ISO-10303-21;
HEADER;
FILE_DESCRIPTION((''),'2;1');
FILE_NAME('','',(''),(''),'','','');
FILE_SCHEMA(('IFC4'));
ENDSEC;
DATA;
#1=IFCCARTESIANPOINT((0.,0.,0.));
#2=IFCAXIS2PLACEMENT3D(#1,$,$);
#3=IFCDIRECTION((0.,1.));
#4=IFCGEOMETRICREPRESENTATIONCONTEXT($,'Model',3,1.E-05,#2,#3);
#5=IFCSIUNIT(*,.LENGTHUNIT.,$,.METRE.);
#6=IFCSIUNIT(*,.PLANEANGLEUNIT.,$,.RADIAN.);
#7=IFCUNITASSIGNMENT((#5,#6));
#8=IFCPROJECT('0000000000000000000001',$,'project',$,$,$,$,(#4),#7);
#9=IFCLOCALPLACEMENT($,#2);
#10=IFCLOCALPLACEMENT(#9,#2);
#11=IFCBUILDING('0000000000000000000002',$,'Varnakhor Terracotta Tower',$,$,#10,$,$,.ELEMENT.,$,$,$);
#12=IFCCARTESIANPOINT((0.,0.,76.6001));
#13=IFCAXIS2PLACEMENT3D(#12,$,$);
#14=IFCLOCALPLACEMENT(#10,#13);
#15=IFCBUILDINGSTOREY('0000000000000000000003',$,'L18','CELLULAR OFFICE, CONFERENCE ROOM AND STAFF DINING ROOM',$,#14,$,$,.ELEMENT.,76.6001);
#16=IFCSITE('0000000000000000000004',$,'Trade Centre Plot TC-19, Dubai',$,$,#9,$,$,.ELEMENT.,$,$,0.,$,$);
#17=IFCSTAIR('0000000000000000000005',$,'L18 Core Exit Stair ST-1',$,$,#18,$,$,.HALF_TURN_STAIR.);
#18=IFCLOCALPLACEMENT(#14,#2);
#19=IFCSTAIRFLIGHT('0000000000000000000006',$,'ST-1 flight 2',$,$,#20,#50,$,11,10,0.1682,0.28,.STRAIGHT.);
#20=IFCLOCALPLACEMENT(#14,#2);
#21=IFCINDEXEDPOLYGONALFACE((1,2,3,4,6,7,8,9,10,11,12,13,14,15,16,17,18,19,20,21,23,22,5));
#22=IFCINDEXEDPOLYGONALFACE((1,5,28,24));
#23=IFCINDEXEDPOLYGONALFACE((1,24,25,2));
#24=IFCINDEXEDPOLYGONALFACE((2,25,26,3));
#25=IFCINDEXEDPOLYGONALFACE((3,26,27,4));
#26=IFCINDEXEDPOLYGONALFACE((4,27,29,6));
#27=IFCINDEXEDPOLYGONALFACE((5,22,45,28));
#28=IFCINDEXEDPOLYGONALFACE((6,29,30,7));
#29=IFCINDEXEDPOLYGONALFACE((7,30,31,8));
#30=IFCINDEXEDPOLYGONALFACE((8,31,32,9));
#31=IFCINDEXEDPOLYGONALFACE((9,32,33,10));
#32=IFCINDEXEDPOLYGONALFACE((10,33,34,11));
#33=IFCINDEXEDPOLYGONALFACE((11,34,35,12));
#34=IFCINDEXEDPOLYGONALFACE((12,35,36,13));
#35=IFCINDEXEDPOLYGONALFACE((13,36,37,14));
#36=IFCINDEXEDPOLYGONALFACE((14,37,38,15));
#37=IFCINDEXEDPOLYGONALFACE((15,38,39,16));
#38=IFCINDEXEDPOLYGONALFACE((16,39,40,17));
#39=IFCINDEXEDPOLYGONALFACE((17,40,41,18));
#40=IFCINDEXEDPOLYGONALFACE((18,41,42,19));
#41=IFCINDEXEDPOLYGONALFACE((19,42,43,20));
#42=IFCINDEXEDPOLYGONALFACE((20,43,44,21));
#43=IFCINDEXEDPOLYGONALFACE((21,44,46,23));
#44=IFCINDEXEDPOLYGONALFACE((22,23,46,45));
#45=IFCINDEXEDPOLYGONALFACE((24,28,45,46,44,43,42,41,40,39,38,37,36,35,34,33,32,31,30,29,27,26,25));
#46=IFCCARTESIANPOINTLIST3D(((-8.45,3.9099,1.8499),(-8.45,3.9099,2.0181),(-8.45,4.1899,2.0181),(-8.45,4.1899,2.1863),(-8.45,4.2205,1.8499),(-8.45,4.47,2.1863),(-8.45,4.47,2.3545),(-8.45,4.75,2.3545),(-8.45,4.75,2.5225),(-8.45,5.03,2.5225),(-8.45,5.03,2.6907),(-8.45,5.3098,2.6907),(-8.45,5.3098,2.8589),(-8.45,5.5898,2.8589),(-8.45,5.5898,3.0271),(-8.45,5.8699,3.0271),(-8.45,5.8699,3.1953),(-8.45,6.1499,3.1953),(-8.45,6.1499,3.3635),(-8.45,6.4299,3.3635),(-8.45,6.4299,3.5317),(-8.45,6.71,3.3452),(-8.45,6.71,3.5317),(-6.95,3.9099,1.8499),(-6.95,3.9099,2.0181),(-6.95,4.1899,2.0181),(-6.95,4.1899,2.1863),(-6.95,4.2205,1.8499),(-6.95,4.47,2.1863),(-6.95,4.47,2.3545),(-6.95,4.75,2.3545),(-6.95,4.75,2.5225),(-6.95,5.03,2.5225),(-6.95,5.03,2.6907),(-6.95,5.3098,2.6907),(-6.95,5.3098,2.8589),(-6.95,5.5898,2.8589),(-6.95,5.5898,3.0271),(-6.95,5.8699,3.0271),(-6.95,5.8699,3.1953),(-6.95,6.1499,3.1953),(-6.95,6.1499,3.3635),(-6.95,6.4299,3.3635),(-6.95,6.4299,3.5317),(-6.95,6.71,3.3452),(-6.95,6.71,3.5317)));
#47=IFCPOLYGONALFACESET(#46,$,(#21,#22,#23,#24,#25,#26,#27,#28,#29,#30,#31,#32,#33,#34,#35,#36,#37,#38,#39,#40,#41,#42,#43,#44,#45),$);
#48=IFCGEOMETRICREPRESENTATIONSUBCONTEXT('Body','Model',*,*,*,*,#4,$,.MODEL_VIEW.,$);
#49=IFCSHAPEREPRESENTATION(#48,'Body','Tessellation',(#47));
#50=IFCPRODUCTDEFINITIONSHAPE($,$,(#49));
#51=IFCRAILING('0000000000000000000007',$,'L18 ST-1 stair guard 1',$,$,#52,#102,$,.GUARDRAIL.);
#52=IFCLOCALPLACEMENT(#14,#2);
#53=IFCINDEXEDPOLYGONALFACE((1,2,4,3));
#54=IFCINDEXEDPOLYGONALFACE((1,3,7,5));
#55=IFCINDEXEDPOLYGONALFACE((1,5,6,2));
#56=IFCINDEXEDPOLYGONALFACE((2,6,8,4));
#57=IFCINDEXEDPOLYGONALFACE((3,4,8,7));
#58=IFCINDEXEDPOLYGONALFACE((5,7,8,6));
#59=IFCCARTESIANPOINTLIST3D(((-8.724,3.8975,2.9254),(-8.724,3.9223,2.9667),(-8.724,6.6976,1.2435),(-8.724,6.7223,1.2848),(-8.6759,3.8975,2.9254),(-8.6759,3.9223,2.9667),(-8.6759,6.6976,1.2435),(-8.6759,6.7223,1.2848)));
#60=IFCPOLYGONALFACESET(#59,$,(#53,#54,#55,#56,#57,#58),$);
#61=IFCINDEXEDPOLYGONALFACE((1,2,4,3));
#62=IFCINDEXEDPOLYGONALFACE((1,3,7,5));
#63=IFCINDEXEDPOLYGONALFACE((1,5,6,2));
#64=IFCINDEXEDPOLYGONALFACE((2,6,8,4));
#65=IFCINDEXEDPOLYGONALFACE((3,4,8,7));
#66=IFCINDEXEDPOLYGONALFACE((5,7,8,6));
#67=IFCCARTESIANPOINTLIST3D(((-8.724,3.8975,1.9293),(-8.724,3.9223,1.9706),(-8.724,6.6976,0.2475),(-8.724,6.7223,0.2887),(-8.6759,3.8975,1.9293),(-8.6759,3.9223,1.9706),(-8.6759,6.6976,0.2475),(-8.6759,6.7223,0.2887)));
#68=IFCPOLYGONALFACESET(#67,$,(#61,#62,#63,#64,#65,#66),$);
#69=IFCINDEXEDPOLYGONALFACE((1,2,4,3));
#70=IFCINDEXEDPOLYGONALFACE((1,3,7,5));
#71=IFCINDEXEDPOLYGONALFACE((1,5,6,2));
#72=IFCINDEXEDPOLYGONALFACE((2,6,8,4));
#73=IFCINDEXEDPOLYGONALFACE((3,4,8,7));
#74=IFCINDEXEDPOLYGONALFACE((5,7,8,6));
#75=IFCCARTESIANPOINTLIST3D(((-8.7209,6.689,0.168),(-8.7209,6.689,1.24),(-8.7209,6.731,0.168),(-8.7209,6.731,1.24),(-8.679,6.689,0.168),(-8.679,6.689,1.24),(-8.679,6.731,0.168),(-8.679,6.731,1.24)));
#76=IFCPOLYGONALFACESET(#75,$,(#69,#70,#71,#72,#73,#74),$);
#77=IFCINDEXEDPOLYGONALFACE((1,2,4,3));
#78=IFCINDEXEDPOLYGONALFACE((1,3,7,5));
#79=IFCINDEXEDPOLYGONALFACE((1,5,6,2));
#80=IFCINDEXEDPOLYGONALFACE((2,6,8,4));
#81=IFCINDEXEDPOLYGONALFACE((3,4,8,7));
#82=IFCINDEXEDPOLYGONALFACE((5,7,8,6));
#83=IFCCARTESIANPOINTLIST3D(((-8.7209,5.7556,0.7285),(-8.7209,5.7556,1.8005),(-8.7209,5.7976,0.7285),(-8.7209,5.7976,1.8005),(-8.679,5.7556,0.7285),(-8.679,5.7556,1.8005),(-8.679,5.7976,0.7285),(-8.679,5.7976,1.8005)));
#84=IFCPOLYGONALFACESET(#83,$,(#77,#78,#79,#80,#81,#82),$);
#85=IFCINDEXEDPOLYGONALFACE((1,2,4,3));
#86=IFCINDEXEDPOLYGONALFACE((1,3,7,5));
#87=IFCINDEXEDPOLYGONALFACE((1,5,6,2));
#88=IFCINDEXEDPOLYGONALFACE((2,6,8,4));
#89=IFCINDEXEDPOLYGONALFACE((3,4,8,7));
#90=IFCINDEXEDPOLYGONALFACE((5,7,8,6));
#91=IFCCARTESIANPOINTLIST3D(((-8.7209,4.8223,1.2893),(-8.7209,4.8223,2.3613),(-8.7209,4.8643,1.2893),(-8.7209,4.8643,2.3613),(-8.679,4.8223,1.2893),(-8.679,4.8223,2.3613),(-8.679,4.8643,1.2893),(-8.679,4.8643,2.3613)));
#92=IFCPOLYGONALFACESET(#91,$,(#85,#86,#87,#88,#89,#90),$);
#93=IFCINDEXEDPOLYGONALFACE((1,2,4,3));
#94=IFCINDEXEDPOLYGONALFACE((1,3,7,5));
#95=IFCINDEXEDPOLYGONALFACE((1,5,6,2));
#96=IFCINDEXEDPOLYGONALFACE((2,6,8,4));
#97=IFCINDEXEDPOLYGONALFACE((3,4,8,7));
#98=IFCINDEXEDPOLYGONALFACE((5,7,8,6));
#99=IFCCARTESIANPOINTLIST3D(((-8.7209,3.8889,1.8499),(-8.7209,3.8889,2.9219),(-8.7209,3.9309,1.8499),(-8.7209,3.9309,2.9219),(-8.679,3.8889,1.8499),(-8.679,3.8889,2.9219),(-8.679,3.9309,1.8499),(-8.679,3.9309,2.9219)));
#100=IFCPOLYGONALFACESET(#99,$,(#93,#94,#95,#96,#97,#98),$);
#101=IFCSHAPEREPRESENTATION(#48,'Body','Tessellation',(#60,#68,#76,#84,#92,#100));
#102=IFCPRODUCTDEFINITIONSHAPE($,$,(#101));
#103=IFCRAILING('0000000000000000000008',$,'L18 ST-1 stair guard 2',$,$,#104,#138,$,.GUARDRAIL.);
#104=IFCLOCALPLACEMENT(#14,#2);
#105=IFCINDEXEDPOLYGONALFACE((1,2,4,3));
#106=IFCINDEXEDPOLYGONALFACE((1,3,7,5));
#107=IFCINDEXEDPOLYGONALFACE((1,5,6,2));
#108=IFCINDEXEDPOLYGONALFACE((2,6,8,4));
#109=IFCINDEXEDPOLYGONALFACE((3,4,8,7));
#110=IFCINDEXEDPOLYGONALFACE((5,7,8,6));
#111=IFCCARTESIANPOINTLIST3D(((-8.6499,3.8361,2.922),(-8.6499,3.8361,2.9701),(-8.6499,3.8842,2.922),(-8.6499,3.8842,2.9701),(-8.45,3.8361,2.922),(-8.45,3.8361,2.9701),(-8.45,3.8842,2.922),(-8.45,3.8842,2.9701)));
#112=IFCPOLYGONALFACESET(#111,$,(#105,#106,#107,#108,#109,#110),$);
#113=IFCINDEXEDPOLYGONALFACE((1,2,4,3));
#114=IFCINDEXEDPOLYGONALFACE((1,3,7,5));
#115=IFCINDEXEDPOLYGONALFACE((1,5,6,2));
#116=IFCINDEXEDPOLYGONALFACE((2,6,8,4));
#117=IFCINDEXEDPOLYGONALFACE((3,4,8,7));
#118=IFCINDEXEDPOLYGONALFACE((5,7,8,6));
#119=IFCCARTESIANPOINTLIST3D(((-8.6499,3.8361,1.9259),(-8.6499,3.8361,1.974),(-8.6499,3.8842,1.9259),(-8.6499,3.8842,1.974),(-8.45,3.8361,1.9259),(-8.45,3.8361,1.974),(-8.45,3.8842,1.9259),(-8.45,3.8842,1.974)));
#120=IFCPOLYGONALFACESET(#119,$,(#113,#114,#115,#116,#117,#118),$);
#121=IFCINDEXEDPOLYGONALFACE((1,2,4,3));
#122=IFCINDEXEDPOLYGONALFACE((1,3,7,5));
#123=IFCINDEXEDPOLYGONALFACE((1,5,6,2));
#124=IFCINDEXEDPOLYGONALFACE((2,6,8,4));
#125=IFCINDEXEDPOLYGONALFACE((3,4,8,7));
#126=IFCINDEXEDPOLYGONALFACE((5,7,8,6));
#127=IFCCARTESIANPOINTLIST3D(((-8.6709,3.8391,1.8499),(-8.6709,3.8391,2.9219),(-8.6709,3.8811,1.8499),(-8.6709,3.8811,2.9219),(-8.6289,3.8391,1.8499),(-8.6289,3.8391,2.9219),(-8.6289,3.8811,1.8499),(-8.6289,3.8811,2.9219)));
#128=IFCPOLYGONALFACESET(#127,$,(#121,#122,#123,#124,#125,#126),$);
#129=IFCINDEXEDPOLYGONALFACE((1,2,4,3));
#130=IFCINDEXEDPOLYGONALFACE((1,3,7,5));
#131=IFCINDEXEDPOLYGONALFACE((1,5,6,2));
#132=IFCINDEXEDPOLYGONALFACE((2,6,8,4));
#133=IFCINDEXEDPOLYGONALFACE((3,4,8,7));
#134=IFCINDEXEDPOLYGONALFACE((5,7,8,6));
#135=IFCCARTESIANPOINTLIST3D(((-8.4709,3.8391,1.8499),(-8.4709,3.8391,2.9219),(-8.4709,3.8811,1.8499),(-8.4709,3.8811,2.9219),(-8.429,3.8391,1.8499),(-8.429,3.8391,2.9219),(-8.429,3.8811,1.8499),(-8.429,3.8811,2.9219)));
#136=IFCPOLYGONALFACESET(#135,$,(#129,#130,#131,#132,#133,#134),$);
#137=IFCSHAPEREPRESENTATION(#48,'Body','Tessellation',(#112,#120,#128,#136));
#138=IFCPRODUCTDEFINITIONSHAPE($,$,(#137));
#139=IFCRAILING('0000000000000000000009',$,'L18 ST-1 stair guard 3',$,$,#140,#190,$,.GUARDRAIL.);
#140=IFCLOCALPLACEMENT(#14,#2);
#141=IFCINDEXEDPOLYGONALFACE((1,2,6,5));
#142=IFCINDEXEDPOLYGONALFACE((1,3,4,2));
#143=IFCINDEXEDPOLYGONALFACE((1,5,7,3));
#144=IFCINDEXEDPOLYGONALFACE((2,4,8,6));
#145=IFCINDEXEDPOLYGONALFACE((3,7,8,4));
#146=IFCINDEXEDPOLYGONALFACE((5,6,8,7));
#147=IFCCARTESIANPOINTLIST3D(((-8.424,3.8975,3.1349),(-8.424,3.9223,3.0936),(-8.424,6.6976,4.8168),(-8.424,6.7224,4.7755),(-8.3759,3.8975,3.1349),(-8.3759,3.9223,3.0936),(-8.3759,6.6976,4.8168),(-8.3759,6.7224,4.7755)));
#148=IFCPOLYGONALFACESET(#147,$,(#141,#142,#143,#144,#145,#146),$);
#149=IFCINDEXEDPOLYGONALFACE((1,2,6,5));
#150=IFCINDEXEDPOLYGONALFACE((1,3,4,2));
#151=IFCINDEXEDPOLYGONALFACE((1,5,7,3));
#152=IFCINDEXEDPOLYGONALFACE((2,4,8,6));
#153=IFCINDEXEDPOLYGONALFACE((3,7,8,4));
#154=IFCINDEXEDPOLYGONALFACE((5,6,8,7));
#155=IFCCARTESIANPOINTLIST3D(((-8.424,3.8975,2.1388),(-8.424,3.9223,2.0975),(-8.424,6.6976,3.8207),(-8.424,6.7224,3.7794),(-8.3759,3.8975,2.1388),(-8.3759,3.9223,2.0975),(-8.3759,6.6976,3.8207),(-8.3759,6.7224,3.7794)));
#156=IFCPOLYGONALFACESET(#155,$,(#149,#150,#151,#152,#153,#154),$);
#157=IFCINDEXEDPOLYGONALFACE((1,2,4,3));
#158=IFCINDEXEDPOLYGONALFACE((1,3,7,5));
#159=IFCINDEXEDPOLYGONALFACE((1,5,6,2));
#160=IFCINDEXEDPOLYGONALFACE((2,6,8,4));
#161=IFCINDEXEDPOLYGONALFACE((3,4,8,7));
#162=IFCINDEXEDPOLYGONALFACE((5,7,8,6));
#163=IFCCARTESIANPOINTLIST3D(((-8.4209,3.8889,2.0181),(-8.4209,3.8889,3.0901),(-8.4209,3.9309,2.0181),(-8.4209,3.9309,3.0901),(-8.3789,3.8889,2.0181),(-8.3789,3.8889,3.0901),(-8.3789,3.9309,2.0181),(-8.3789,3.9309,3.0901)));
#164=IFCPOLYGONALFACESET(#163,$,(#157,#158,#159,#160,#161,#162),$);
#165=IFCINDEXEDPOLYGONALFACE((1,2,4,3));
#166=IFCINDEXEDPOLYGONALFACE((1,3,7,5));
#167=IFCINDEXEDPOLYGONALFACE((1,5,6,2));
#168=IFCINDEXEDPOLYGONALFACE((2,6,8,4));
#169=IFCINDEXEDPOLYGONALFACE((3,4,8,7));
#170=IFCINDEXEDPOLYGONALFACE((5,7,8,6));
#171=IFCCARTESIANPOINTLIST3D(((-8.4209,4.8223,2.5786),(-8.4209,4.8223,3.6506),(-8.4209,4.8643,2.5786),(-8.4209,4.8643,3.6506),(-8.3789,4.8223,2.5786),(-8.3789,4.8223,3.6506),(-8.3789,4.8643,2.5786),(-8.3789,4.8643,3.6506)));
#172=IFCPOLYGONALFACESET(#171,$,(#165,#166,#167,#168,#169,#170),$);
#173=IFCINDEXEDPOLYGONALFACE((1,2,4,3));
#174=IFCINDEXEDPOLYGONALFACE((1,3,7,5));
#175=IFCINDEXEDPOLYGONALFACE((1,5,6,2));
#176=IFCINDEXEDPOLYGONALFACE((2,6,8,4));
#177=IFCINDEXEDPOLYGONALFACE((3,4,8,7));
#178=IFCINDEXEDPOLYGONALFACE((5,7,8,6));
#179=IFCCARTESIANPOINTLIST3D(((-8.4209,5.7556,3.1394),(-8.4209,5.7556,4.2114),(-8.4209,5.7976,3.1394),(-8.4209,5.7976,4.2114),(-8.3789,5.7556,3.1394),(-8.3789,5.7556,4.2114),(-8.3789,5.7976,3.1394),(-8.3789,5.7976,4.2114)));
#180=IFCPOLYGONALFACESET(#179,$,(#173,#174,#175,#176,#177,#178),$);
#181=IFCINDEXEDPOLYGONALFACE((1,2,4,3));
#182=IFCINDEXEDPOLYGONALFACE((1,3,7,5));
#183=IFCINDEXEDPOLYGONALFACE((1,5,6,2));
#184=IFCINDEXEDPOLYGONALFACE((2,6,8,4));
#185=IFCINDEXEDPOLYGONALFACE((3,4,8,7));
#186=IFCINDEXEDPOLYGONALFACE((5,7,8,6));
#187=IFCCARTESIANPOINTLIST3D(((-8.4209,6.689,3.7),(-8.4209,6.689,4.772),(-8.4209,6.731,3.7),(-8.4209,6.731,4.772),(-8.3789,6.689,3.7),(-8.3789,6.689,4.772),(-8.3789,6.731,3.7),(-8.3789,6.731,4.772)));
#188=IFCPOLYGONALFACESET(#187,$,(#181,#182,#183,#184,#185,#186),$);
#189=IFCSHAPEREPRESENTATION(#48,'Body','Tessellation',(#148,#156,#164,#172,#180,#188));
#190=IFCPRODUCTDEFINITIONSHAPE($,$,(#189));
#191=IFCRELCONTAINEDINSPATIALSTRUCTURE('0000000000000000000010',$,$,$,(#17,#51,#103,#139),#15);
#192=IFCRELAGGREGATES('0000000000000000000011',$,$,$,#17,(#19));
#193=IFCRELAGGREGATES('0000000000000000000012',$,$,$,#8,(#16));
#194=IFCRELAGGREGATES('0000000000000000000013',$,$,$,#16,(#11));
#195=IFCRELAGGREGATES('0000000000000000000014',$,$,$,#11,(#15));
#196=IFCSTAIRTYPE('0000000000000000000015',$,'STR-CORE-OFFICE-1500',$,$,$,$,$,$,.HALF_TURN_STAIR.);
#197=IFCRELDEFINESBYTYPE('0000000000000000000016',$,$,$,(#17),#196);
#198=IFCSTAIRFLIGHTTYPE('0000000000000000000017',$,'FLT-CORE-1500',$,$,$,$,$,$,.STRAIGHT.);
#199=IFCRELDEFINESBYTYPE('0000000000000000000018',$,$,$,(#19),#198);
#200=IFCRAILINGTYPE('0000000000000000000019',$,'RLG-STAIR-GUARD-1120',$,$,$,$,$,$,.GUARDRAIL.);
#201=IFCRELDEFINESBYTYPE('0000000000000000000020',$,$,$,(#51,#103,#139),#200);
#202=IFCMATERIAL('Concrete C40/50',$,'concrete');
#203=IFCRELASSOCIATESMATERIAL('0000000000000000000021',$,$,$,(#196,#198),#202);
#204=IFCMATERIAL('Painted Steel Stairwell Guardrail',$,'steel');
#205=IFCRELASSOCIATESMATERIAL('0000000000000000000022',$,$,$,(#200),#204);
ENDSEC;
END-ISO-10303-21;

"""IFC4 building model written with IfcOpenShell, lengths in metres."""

from ifc_helpers import new_model, si_unit, direction, frame, origin, origin_2d, place, context, subcontext, project, spatial, polyline, rectangle, outline, extrude, material, type_object, element, aggregate, save


model = new_model("IFC4")

# Units and contexts
model_context = context("Model", 3, precision=1e-05, world=origin(), true_north=direction((0.0, 1.0)))
body_context = subcontext(model_context, "Body", "Model", "MODEL_VIEW")
ifc_project = project(units=[si_unit("LENGTHUNIT", "METRE"), si_unit("PLANEANGLEUNIT", "RADIAN")], contexts=[model_context])

# Site, building, storey
site_placement = place(None, origin())
site = spatial("IfcSite", under=ifc_project, at=site_placement, Name="Trade Centre Plot TC-19, Dubai", CompositionType="ELEMENT", RefElevation=0.0)
building_placement = place(site_placement, origin())
building = spatial("IfcBuilding", under=site, at=building_placement, Name="Varnakhor Terracotta Tower", CompositionType="ELEMENT")
storey_placement = place(building_placement, frame((0.0, 0.0, 76.6001)))
storey = spatial("IfcBuildingStorey", under=building, at=storey_placement, Name="L18", Description="CELLULAR OFFICE, CONFERENCE ROOM AND STAFF DINING ROOM", CompositionType="ELEMENT", Elevation=76.6001)

# Shared definitions
ifc_material_1 = material(Name="Concrete C40/50", Category="concrete")

# Stair, stair flight
stair_type = type_object("IfcStairType", Name="STR-CORE-OFFICE-1500", PredefinedType="HALF_TURN_STAIR", material=ifc_material_1)
stair_placement = place(storey_placement, origin())
stair = element("IfcStair", 1, at=stair_placement, inside=storey, type_object=stair_type, Name="L18 Core Exit Stair ST-1", PredefinedType="HALF_TURN_STAIR")
stair_flight_type = type_object("IfcStairFlightType", Name="FLT-CORE-1500", PredefinedType="STRAIGHT", material=ifc_material_1)
stair_flight_1_placement = place(storey_placement, frame((-7.7, 3.9099, 1.8499), z_axis=(0.0, 0.0, 1.0), x_axis=(0.0, 1.0, 0.0)))
stair_flight_1 = element("IfcStairFlight", 2, at=stair_flight_1_placement, type_object=stair_flight_type, Name="ST-1 flight 2", NumberOfRisers=11, NumberOfTreads=10, PredefinedType="STRAIGHT", RiserHeight=0.1682, TreadLength=0.28, context=body_context, shape_type="SweptSolid", body=[
    extrude(outline(polyline([(0.0, 0.0), (0.0, 0.1682), (0.28, 0.1682), (0.28, 0.3364), (0.5601, 0.3364), (0.5601, 0.5046), (0.8401, 0.5046), (0.8401, 0.6726), (1.1201, 0.6726), (1.1201, 0.8408), (1.3999, 0.8408), (1.3999, 1.009), (1.6799, 1.009), (1.6799, 1.1772), (1.96, 1.1772), (1.96, 1.3455), (2.24, 1.3455), (2.24, 1.5137), (2.52, 1.5137), (2.52, 1.6819), (2.8, 1.6819), (2.8, 1.8501), (2.8, 1.4954), (0.3105, 0.0), (0.0, 0.0)])), frame((0.0, 0.75, 0.0), z_axis=(0.0, -1.0, 0.0), x_axis=(1.0, 0.0, 0.0)), (0.0, 0.0, 1.0), 1.5),
])
aggregate(stair, [stair_flight_1])

# Railings
ifc_material_2 = material(Name="Painted Steel Stairwell Guardrail", Category="steel")
railing_type_1 = type_object("IfcRailingType", Name="RLG-STAIR-GUARD-1120", PredefinedType="GUARDRAIL", material=ifc_material_2)
railing_1_placement = place(storey_placement, frame((-8.7, 6.71, 0.168)))
element("IfcRailing", 3, at=railing_1_placement, inside=storey, type_object=railing_type_1, Name="L18 ST-1 stair guard 1", PredefinedType="GUARDRAIL", context=body_context, shape_type="SweptSolid", body=[
    extrude(rectangle(XDim=0.0481, YDim=0.0481, at=origin_2d()), frame((0.0, 0.0, 1.0962), z_axis=(0.0, -0.857242, 0.514913), x_axis=(1.0, 0.0, 0.0)), (0.0, 0.0, 1.0), 3.2664),
    extrude(rectangle(XDim=0.0481, YDim=0.0481, at=origin_2d()), frame((0.0, 0.0, 0.1001), z_axis=(0.0, -0.857242, 0.514913), x_axis=(1.0, 0.0, 0.0)), (0.0, 0.0, 1.0), 3.2664),
    extrude(rectangle(XDim=0.042, YDim=0.042, at=origin_2d()), origin(), (0.0, 0.0, 1.0), 1.072),
    extrude(rectangle(XDim=0.042, YDim=0.042, at=origin_2d()), frame((0.0, -0.9333, 0.5605)), (0.0, 0.0, 1.0), 1.072),
    extrude(rectangle(XDim=0.042, YDim=0.042, at=origin_2d()), frame((0.0, -1.8667, 1.1213)), (0.0, 0.0, 1.0), 1.072),
    extrude(rectangle(XDim=0.042, YDim=0.042, at=origin_2d()), frame((0.0, -2.8, 1.6819)), (0.0, 0.0, 1.0), 1.072),
])
railing_2_placement = place(storey_placement, frame((-8.6499, 3.8601, 1.8499)))
element("IfcRailing", 4, at=railing_2_placement, inside=storey, type_object=railing_type_1, Name="L18 ST-1 stair guard 2", PredefinedType="GUARDRAIL", context=body_context, shape_type="SweptSolid", body=[
    extrude(rectangle(XDim=0.0481, YDim=0.0481, at=origin_2d()), frame((0.0, 0.0, 1.0962), z_axis=(1.0, 0.0, 0.0), x_axis=(0.0, 1.0, 0.0)), (0.0, 0.0, 1.0), 0.2),
    extrude(rectangle(XDim=0.0481, YDim=0.0481, at=origin_2d()), frame((0.0, 0.0, 0.1001), z_axis=(1.0, 0.0, 0.0), x_axis=(0.0, 1.0, 0.0)), (0.0, 0.0, 1.0), 0.2),
    extrude(rectangle(XDim=0.042, YDim=0.042, at=origin_2d()), origin(), (0.0, 0.0, 1.0), 1.072),
    extrude(rectangle(XDim=0.042, YDim=0.042, at=origin_2d()), frame((0.2, 0.0, 0.0)), (0.0, 0.0, 1.0), 1.072),
])
railing_3_placement = place(storey_placement, frame((-8.3999, 3.9099, 2.0181)))
element("IfcRailing", 5, at=railing_3_placement, inside=storey, type_object=railing_type_1, Name="L18 ST-1 stair guard 3", PredefinedType="GUARDRAIL", context=body_context, shape_type="SweptSolid", body=[
    extrude(rectangle(XDim=0.0481, YDim=0.0481, at=origin_2d()), frame((0.0, 0.0, 1.0962), z_axis=(0.0, 0.857242, 0.514913), x_axis=(-1.0, 0.0, 0.0)), (0.0, 0.0, 1.0), 3.2664),
    extrude(rectangle(XDim=0.0481, YDim=0.0481, at=origin_2d()), frame((0.0, 0.0, 0.1001), z_axis=(0.0, 0.857242, 0.514913), x_axis=(-1.0, 0.0, 0.0)), (0.0, 0.0, 1.0), 3.2664),
    extrude(rectangle(XDim=0.042, YDim=0.042, at=origin_2d()), origin(), (0.0, 0.0, 1.0), 1.072),
    extrude(rectangle(XDim=0.042, YDim=0.042, at=origin_2d()), frame((0.0, 0.9333, 0.5605)), (0.0, 0.0, 1.0), 1.072),
    extrude(rectangle(XDim=0.042, YDim=0.042, at=origin_2d()), frame((0.0, 1.8667, 1.1213)), (0.0, 0.0, 1.0), 1.072),
    extrude(rectangle(XDim=0.042, YDim=0.042, at=origin_2d()), frame((0.0, 2.8, 1.6819)), (0.0, 0.0, 1.0), 1.072),
])

save(model, "model.ifc")
